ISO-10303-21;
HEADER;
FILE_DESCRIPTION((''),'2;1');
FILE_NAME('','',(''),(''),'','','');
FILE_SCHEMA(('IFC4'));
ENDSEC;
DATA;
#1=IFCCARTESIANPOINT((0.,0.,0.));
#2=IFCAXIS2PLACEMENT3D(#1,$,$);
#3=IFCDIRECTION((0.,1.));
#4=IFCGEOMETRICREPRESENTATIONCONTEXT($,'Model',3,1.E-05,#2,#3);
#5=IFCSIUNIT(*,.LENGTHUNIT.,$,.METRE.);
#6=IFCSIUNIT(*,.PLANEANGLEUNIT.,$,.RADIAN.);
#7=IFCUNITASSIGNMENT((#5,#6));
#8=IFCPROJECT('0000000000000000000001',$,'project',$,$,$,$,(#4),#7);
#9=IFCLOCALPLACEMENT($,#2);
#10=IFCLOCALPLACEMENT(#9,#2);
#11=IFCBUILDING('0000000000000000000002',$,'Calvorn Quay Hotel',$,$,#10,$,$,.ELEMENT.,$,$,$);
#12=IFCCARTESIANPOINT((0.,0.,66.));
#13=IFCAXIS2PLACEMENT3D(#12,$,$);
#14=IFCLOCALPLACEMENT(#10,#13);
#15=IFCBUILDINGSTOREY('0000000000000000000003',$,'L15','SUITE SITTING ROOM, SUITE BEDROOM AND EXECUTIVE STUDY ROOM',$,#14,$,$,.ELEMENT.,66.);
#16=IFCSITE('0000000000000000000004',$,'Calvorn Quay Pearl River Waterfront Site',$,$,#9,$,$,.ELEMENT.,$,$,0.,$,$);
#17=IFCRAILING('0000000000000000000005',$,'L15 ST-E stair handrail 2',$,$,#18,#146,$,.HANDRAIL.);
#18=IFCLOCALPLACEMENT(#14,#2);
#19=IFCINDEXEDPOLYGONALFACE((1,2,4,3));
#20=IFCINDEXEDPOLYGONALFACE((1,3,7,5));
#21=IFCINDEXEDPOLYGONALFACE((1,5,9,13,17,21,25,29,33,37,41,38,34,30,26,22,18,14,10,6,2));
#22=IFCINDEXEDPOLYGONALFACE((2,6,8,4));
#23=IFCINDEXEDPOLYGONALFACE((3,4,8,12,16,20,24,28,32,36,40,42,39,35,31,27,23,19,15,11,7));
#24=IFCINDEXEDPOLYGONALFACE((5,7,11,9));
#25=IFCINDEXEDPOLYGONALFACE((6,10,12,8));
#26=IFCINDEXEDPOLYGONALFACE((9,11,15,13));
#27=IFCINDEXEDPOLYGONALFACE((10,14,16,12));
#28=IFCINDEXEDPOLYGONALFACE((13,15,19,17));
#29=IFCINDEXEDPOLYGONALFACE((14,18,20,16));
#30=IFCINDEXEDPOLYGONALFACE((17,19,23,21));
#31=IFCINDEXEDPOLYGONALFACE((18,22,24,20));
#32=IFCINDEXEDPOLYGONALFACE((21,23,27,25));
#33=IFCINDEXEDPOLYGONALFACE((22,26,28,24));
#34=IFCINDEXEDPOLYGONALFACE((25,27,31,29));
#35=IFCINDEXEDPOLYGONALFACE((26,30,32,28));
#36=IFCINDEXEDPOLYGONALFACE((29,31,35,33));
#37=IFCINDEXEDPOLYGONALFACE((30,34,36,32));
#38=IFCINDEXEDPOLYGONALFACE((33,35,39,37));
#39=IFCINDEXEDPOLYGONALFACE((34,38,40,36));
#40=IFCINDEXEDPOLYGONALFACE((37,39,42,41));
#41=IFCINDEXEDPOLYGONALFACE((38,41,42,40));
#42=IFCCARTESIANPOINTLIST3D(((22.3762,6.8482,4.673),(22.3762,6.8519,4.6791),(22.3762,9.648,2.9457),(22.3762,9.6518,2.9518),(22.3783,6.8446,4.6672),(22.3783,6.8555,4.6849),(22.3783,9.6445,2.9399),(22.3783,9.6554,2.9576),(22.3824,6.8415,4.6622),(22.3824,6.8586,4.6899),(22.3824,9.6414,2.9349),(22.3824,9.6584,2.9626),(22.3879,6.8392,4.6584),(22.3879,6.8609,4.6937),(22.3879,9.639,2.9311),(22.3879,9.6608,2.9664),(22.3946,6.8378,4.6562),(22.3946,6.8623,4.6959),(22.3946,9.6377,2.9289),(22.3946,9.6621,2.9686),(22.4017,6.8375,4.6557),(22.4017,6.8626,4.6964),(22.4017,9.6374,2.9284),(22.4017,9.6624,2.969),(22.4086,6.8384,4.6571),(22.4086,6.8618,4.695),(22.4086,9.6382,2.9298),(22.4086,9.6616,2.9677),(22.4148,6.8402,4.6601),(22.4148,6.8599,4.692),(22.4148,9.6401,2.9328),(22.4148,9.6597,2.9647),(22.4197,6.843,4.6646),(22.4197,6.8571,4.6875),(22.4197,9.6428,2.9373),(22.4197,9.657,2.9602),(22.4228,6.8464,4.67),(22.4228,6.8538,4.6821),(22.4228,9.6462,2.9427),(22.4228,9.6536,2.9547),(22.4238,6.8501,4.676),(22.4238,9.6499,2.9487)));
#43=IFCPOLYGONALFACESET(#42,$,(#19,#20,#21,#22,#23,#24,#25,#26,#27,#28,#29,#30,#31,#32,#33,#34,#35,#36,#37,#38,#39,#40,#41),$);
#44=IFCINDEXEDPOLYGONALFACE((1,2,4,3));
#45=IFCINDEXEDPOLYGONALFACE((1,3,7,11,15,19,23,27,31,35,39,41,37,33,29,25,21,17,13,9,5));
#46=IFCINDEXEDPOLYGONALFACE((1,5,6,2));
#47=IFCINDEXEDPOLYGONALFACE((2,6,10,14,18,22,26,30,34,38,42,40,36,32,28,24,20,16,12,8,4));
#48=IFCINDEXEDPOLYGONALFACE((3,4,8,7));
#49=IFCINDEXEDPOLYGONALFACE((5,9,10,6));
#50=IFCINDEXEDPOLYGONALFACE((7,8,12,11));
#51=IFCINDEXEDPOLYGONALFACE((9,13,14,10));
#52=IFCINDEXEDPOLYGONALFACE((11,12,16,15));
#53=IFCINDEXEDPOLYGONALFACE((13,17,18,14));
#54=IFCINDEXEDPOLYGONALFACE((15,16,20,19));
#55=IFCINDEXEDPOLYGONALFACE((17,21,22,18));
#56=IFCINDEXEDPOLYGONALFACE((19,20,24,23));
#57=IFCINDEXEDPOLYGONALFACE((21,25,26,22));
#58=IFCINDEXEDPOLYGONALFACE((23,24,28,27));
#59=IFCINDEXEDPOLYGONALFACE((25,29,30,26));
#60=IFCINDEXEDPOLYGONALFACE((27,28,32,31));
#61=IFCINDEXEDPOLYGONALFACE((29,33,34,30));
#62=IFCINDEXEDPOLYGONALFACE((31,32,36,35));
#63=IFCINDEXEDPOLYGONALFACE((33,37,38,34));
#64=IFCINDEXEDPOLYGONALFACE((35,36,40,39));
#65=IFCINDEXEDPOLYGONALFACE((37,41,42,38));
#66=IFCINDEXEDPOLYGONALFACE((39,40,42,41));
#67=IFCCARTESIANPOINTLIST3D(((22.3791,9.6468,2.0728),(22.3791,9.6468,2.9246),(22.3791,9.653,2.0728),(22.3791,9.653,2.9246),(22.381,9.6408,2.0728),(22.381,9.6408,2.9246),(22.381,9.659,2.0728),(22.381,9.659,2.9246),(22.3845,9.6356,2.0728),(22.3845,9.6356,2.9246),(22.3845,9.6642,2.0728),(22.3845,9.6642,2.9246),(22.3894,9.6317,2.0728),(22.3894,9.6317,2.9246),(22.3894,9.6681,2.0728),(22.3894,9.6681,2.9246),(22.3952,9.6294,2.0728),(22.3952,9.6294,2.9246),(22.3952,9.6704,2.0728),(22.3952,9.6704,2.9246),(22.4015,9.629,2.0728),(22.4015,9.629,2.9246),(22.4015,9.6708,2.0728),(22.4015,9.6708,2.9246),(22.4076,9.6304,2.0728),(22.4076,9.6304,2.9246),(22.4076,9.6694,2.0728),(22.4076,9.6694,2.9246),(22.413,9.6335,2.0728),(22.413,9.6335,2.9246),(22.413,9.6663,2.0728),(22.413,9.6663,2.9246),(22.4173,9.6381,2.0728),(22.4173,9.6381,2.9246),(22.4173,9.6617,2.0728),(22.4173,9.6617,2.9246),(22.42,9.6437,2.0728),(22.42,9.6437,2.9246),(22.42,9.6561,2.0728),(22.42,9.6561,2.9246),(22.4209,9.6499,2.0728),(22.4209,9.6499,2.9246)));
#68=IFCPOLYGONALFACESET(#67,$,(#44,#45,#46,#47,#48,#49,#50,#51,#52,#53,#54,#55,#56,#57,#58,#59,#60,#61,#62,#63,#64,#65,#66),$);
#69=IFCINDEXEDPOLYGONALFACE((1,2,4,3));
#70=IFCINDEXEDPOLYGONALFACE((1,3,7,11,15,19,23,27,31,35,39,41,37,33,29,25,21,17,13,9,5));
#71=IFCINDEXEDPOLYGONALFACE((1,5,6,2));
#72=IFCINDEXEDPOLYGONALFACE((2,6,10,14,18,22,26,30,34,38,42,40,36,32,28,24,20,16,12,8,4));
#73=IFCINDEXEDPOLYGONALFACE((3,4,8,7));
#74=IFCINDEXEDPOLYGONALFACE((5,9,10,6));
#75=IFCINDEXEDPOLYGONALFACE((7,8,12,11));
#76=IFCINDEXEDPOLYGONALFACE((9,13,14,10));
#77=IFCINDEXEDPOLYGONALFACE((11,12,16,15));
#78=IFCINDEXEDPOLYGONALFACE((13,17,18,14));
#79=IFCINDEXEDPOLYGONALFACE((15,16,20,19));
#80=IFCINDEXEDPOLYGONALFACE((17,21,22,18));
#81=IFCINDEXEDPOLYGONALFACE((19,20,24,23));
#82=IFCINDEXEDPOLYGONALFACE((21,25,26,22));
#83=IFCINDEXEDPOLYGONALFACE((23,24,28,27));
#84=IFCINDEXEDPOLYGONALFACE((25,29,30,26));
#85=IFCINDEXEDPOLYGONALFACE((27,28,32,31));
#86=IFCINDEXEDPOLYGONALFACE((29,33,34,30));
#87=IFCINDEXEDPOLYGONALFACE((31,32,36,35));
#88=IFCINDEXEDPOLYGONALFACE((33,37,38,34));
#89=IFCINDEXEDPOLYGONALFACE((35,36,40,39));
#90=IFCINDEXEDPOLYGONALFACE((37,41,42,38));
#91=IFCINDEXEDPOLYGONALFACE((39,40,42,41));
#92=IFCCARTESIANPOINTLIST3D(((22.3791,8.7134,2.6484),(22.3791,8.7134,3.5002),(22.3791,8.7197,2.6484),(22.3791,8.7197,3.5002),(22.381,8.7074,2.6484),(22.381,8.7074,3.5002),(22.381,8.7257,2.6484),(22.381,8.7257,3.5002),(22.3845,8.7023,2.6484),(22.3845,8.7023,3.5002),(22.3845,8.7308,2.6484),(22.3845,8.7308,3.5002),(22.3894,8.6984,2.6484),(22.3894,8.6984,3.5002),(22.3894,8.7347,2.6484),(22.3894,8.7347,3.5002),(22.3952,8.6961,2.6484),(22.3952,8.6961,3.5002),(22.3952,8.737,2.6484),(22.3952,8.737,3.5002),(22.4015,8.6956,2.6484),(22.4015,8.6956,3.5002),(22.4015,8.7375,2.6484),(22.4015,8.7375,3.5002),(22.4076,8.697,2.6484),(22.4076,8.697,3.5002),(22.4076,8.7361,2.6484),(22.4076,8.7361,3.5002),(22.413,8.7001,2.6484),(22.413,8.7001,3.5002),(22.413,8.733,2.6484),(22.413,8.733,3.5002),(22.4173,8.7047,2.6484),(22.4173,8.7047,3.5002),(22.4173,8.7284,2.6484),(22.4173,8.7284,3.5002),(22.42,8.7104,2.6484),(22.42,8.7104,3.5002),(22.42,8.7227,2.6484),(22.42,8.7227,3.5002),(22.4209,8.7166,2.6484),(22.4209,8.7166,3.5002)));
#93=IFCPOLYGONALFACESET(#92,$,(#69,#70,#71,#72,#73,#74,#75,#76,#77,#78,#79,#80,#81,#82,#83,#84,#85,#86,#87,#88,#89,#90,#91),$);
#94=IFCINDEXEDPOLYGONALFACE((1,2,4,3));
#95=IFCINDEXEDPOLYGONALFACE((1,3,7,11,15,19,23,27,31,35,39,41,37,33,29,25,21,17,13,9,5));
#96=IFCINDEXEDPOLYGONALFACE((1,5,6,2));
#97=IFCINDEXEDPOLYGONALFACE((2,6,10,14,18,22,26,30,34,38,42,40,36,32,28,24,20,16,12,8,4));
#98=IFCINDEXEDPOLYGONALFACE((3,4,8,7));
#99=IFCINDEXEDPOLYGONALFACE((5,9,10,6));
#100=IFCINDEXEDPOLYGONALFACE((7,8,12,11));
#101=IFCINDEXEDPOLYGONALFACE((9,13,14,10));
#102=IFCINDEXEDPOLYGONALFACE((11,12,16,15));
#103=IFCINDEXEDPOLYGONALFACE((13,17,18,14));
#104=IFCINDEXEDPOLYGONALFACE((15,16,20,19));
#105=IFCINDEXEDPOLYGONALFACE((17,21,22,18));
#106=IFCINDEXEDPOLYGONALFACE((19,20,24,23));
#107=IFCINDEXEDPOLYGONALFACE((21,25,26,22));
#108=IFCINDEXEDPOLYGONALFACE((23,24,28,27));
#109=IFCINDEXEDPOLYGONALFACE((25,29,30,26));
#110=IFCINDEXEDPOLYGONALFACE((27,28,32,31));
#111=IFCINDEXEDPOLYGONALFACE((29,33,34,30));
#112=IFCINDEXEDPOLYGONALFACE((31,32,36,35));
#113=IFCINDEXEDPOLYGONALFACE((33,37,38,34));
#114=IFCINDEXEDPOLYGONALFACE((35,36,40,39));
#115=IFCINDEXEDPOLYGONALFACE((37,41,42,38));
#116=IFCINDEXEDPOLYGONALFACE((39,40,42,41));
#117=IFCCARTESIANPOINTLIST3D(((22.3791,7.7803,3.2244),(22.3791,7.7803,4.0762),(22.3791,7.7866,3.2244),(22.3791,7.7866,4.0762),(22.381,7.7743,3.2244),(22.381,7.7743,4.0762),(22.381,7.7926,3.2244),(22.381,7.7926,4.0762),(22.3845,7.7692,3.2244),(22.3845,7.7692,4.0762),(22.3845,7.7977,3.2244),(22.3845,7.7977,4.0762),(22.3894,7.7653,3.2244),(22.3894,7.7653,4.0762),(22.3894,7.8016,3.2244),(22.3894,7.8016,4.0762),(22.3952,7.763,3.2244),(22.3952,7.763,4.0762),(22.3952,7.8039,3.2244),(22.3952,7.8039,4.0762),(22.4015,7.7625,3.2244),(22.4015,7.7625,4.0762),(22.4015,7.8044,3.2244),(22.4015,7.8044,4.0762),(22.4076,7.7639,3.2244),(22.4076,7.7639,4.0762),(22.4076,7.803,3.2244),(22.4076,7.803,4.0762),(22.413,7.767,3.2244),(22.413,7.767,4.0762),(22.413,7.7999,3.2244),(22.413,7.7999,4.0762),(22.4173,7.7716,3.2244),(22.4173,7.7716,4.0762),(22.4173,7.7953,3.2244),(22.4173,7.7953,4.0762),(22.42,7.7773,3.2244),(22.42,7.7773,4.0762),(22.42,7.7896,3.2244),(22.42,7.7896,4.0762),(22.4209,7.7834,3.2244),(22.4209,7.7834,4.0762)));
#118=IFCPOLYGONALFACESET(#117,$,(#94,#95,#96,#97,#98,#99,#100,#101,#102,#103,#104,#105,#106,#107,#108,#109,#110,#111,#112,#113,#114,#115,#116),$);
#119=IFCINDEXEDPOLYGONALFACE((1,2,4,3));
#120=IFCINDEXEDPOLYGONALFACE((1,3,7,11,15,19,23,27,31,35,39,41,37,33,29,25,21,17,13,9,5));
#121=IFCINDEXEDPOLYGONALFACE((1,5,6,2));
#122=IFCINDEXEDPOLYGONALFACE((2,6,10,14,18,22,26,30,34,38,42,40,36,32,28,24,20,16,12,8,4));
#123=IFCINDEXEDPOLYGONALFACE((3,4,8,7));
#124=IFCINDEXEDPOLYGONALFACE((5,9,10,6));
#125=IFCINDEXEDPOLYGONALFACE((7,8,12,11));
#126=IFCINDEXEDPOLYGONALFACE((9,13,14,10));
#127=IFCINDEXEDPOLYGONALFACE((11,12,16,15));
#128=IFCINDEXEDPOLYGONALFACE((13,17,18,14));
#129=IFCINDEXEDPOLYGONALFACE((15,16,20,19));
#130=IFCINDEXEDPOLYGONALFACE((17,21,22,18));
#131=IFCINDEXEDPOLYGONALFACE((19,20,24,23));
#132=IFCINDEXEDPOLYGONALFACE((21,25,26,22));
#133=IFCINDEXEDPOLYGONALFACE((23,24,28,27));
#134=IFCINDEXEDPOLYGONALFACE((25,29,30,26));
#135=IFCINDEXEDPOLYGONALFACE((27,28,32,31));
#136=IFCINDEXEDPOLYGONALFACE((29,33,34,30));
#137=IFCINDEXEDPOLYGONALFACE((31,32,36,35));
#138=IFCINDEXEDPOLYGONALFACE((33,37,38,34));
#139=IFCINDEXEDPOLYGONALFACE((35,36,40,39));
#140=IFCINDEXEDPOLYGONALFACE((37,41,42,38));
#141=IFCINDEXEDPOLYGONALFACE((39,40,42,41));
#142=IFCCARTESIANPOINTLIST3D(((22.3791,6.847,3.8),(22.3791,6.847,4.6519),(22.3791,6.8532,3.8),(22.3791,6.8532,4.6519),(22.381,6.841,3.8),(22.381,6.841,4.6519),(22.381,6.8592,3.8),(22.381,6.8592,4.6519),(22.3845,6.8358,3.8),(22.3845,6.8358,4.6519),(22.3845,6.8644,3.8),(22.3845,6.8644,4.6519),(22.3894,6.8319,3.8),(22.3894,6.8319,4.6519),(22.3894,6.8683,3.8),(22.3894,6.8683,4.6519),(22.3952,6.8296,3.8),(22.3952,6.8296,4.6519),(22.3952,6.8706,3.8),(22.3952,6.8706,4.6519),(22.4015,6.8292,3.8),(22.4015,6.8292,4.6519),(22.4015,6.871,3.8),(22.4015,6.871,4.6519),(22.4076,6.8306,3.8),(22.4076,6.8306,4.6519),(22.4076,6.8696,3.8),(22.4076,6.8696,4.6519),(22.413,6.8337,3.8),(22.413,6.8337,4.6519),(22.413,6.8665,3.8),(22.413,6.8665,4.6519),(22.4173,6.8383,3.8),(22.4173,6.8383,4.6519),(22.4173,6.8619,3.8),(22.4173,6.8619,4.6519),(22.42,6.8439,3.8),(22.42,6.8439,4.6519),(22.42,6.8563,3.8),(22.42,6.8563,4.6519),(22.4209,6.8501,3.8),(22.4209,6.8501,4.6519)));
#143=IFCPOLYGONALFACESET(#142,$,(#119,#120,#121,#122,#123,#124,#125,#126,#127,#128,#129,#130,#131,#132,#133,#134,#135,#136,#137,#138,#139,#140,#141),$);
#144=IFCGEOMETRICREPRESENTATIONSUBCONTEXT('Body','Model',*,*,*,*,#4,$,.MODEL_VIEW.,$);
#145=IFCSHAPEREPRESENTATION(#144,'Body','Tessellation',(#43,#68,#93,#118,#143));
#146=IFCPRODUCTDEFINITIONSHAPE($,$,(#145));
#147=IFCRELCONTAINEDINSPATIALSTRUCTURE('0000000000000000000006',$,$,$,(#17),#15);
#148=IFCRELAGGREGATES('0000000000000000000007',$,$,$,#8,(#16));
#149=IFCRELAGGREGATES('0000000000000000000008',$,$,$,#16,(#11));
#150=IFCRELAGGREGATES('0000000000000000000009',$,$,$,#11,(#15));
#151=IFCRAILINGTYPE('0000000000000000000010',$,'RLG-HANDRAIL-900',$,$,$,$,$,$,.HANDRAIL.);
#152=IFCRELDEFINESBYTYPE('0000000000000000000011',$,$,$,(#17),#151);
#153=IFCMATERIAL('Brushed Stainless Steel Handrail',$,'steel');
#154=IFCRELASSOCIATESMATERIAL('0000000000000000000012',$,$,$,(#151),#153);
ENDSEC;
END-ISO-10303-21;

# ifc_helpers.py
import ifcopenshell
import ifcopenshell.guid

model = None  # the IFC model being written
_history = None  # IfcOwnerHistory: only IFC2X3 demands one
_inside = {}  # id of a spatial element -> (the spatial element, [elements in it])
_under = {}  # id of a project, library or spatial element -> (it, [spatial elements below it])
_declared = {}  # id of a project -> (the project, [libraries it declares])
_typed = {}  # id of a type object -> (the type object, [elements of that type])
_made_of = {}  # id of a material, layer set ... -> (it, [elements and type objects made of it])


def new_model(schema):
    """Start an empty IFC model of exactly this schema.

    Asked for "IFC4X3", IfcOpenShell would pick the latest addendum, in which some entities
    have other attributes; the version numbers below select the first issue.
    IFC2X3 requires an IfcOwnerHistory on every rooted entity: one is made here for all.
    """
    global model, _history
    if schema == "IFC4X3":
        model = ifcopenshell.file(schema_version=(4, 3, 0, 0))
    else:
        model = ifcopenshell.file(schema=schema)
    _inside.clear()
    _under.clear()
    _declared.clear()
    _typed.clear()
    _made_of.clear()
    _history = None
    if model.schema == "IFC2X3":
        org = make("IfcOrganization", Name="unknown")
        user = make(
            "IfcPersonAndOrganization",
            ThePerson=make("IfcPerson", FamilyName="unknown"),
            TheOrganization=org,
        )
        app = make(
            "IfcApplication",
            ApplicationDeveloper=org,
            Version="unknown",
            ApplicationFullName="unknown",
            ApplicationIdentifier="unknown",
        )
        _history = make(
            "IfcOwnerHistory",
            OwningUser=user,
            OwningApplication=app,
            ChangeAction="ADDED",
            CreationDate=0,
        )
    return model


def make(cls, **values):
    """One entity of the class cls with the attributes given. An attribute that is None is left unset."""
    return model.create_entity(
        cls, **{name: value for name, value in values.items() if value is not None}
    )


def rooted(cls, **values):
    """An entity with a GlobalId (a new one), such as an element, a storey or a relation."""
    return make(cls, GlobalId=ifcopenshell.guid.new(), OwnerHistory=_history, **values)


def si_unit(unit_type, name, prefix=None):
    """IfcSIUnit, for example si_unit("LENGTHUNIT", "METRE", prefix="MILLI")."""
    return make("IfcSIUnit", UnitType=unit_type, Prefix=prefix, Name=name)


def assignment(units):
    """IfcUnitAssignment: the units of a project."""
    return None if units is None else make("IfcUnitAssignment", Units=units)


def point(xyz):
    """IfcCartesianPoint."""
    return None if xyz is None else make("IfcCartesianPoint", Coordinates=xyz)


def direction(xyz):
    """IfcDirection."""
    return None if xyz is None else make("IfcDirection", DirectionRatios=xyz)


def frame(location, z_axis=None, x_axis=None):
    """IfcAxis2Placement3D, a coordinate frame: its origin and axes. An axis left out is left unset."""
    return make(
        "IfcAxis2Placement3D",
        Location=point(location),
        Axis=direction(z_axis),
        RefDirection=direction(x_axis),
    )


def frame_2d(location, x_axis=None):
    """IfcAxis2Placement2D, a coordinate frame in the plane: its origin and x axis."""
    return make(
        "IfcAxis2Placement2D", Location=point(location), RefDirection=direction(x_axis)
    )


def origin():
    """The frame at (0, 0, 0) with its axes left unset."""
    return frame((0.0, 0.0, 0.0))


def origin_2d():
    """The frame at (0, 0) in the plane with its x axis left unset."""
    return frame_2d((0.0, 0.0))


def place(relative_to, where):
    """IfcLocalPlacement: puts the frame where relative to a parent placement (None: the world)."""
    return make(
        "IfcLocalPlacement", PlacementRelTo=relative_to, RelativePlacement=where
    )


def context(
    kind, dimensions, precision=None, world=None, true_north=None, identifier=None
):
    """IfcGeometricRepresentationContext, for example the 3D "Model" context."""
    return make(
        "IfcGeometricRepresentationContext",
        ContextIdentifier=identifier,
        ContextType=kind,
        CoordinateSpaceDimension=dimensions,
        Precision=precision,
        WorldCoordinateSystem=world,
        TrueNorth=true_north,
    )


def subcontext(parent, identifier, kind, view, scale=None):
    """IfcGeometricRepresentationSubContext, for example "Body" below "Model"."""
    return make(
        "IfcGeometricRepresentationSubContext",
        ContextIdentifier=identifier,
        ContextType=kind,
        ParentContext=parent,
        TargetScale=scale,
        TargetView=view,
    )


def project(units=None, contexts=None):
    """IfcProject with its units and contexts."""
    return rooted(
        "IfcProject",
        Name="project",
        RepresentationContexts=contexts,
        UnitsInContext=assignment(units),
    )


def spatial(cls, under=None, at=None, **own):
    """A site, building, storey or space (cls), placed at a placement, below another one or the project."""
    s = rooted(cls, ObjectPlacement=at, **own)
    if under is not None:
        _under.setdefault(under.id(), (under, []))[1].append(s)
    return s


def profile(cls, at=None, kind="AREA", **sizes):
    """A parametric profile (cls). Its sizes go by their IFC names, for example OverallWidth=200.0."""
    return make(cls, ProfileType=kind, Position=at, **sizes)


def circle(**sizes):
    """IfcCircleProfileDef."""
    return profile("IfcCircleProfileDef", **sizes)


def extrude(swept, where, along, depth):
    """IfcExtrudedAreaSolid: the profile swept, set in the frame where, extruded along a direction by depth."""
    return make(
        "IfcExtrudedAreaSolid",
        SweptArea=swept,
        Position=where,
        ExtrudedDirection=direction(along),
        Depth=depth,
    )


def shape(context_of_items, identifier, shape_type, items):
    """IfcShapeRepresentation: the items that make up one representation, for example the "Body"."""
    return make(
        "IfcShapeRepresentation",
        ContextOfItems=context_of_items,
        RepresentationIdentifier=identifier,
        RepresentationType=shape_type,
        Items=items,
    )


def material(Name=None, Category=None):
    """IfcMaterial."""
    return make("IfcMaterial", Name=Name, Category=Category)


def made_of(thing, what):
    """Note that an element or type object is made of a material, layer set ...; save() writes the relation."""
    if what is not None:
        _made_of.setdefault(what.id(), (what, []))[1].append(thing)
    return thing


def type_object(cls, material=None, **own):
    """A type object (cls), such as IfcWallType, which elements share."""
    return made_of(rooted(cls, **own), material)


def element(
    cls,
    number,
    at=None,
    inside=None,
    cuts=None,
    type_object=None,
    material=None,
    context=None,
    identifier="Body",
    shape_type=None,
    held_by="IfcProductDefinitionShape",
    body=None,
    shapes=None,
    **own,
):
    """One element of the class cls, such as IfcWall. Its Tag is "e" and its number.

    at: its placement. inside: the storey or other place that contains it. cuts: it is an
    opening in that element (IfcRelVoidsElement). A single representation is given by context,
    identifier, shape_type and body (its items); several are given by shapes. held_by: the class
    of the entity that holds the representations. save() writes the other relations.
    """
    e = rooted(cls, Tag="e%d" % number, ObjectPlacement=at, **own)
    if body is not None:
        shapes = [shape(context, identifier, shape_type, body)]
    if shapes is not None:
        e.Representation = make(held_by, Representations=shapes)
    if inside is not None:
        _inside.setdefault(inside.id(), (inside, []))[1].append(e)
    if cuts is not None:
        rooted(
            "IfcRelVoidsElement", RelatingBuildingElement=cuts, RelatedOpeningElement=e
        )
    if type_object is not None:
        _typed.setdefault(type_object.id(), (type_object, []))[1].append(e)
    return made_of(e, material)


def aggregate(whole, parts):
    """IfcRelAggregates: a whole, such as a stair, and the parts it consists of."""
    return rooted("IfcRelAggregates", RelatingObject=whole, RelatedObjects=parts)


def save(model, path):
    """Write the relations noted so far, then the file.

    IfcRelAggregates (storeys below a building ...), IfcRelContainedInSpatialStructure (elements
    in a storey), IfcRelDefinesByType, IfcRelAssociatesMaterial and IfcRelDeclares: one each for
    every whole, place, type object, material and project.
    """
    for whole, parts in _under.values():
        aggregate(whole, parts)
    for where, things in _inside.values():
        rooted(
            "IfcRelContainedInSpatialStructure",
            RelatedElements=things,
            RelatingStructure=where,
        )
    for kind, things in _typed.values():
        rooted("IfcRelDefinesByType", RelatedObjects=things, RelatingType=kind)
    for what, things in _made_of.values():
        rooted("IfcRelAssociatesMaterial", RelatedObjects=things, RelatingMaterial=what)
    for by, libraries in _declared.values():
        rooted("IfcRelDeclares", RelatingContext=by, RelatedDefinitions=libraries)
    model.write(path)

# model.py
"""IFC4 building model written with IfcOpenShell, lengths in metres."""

from ifc_helpers import new_model, si_unit, direction, frame, origin, origin_2d, place, context, subcontext, project, spatial, circle, extrude, material, type_object, element, save


model = new_model("IFC4")

# Units and contexts
model_context = context("Model", 3, precision=1e-05, world=origin(), true_north=direction((0.0, 1.0)))
body_context = subcontext(model_context, "Body", "Model", "MODEL_VIEW")
ifc_project = project(units=[si_unit("LENGTHUNIT", "METRE"), si_unit("PLANEANGLEUNIT", "RADIAN")], contexts=[model_context])

# Site, building, storey
site_placement = place(None, origin())
site = spatial("IfcSite", under=ifc_project, at=site_placement, Name="Calvorn Quay Pearl River Waterfront Site", CompositionType="ELEMENT", RefElevation=0.0)
building_placement = place(site_placement, origin())
building = spatial("IfcBuilding", under=site, at=building_placement, Name="Calvorn Quay Hotel", CompositionType="ELEMENT")
storey_placement = place(building_placement, frame((0.0, 0.0, 66.0)))
storey = spatial("IfcBuildingStorey", under=building, at=storey_placement, Name="L15", Description="SUITE SITTING ROOM, SUITE BEDROOM AND EXECUTIVE STUDY ROOM", CompositionType="ELEMENT", Elevation=66.0)

# Railing
ifc_material_1 = material(Name="Brushed Stainless Steel Handrail", Category="steel")
railing_type_1 = type_object("IfcRailingType", Name="RLG-HANDRAIL-900", PredefinedType="HANDRAIL", material=ifc_material_1)
railing_1_placement = place(storey_placement, frame((22.3999, 9.6499, 2.0728)))
element("IfcRailing", 1, at=railing_1_placement, inside=storey, type_object=railing_type_1, Name="L15 ST-E stair handrail 2", PredefinedType="HANDRAIL", context=body_context, shape_type="SweptSolid", body=[
    extrude(circle(Radius=0.0239, at=origin_2d()), frame((0.0, 0.0, 0.876), z_axis=(0.0, -0.851069, 0.525054), x_axis=(1.0, 0.0, 0.0)), (0.0, 0.0, 1.0), 3.2898),
    extrude(circle(Radius=0.021, at=origin_2d()), origin(), (0.0, 0.0, 1.0), 0.8518),
    extrude(circle(Radius=0.021, at=origin_2d()), frame((0.0, -0.9333, 0.5757)), (0.0, 0.0, 1.0), 0.8518),
    extrude(circle(Radius=0.021, at=origin_2d()), frame((0.0, -1.8665, 1.1516)), (0.0, 0.0, 1.0), 0.8518),
    extrude(circle(Radius=0.021, at=origin_2d()), frame((0.0, -2.7998, 1.7273)), (0.0, 0.0, 1.0), 0.8518),
])

save(model, "model.ifc")
